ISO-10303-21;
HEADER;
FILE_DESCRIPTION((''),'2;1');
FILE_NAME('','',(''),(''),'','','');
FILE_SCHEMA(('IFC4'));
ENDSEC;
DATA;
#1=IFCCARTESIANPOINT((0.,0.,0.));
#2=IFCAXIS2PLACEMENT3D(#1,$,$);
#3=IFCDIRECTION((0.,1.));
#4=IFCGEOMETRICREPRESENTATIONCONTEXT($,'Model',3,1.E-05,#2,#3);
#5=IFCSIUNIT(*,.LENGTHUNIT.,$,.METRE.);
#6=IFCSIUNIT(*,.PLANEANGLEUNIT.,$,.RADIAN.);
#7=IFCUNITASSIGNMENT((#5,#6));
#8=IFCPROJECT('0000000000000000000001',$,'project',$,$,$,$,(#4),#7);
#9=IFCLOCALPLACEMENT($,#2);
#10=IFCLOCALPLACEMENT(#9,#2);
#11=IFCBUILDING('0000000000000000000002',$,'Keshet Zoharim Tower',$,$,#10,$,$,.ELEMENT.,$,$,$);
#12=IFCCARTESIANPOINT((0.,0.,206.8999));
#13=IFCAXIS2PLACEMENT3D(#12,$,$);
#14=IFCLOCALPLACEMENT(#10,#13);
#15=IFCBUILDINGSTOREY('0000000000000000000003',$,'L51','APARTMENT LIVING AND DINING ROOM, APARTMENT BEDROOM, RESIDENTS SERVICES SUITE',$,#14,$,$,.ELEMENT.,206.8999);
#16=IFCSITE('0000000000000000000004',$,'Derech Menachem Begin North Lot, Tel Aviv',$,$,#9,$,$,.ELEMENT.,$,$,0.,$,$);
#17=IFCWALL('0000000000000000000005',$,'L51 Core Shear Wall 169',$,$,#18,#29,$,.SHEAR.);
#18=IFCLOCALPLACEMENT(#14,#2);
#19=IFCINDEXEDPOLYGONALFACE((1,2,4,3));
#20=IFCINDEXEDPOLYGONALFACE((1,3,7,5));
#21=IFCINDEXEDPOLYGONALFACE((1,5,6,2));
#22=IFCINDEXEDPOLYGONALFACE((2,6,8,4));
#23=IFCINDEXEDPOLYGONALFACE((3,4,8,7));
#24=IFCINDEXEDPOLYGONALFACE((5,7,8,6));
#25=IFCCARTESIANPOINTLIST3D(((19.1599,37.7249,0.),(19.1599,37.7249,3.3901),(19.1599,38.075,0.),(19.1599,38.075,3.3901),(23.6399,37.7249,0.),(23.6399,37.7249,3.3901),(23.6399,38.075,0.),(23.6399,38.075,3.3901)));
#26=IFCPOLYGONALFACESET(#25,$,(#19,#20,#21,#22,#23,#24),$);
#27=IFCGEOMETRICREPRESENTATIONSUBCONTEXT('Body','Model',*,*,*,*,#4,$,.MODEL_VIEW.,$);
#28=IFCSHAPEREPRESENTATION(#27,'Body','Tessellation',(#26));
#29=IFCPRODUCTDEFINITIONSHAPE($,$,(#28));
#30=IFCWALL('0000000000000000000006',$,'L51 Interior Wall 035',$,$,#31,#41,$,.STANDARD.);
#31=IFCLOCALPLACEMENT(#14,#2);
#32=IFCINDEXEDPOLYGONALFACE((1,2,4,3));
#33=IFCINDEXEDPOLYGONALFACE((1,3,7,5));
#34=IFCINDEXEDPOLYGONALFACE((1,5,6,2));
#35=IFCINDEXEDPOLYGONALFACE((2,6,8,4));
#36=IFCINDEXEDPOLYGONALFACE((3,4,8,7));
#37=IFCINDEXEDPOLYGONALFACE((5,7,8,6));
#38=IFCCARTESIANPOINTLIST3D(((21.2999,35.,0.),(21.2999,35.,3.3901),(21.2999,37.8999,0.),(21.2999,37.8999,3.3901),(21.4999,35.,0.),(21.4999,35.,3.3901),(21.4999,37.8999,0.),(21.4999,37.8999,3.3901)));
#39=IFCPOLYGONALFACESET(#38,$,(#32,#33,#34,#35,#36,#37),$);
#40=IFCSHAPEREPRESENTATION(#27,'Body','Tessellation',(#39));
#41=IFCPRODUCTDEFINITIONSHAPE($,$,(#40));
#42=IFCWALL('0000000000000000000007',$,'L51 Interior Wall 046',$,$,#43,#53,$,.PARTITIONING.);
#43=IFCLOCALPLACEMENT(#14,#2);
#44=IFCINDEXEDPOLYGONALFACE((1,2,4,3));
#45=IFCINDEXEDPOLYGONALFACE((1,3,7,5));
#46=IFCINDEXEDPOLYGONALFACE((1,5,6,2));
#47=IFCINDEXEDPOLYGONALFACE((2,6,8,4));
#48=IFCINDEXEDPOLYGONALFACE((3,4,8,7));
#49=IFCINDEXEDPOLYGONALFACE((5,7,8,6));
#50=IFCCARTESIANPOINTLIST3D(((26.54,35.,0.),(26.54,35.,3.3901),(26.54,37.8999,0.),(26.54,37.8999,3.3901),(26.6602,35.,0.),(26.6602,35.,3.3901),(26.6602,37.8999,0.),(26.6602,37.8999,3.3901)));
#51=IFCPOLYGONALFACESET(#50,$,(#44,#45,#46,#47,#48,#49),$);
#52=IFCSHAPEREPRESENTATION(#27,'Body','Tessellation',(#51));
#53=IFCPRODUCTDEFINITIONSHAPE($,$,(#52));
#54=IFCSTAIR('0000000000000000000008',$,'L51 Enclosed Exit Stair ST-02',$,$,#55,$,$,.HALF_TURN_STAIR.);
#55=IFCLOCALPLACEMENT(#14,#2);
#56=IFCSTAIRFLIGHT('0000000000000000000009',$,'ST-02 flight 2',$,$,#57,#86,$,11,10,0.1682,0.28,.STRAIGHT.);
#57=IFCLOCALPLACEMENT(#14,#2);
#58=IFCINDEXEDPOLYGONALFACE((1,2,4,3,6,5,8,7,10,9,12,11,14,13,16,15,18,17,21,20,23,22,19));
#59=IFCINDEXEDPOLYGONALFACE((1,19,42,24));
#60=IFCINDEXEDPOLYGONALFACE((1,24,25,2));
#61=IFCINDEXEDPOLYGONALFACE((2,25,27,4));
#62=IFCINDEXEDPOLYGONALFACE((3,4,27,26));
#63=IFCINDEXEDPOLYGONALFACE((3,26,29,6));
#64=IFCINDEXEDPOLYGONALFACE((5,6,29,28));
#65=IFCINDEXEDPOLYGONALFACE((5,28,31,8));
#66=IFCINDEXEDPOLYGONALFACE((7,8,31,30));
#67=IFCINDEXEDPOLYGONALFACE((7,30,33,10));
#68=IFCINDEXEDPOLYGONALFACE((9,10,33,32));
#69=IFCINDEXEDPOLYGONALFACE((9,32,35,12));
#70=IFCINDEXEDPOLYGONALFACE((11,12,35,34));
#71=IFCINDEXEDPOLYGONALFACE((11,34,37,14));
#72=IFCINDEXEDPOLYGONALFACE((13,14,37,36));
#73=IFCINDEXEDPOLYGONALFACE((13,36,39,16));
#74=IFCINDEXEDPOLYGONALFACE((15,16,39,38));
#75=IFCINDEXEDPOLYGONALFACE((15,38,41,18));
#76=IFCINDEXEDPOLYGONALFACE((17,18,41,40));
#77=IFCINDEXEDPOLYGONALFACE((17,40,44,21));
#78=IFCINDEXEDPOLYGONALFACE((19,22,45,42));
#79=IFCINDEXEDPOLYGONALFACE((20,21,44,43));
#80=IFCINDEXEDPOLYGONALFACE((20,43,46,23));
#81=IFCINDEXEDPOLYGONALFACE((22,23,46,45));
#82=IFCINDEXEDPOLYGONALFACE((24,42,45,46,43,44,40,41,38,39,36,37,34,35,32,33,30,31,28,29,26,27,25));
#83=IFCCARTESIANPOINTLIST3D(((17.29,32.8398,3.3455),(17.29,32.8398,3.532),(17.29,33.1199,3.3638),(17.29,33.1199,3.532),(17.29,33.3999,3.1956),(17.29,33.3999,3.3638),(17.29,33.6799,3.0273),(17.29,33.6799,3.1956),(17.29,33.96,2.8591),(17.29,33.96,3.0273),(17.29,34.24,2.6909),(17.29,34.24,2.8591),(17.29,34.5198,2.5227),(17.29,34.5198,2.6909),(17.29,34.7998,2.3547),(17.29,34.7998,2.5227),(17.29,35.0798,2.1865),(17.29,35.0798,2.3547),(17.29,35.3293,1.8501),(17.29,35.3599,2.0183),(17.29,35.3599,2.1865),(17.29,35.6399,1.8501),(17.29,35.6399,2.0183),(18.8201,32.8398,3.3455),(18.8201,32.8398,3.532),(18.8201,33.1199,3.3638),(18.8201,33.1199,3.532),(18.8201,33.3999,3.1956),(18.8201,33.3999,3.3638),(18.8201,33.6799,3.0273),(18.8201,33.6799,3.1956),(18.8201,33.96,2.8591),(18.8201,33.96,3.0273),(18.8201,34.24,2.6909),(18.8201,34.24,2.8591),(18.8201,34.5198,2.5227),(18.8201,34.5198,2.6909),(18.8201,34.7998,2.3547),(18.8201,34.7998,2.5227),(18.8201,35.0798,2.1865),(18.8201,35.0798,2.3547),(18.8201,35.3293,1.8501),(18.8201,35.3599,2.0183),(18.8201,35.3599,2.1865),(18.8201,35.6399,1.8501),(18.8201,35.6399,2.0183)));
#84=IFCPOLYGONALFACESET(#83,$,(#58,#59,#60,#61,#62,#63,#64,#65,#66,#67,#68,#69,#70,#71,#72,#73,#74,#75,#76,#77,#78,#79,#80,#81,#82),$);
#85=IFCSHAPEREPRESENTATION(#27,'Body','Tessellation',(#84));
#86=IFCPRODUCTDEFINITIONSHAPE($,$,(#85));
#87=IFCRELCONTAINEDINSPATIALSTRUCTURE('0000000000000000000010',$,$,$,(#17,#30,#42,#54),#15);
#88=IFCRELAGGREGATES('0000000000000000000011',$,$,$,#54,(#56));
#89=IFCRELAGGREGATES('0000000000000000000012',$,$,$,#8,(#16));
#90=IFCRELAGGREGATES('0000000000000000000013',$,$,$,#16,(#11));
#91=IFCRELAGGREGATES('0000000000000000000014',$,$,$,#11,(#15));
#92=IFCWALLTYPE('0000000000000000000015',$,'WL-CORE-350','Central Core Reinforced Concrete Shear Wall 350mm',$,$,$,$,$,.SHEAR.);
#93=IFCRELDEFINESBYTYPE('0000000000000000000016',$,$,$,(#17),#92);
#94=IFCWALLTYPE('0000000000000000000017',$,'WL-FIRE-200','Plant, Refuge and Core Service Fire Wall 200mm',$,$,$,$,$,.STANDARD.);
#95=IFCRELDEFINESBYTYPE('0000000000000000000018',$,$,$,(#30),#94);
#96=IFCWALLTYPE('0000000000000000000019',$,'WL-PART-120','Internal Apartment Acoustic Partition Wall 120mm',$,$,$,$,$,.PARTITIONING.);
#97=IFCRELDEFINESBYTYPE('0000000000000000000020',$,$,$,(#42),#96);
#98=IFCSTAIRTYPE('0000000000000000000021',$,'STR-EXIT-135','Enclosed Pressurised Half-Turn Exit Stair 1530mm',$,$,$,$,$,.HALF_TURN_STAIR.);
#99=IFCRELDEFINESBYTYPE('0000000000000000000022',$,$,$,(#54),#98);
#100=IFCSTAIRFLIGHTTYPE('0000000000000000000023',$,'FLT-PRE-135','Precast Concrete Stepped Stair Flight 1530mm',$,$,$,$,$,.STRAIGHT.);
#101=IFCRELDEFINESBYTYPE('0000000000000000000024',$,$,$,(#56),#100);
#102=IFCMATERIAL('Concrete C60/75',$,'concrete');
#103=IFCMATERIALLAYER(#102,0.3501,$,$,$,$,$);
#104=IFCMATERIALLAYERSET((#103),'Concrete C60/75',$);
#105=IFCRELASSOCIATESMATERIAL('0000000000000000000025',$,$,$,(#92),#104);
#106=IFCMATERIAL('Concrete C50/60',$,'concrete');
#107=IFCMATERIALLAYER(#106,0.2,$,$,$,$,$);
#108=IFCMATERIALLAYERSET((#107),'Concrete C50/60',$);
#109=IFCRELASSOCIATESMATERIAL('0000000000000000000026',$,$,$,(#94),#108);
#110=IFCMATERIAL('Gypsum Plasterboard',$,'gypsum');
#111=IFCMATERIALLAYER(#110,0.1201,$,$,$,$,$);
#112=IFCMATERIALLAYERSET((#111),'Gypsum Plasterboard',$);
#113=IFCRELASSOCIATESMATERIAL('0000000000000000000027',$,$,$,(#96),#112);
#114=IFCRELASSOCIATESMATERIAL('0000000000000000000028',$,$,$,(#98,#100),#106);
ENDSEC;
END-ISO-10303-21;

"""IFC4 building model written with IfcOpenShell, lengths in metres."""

from ifc_helpers import new_model, si_unit, direction, frame, frame_2d, origin, place, context, subcontext, project, spatial, polyline, rectangle, outline, extrude, material, layer, layer_set, type_object, element, aggregate, save


model = new_model("IFC4")

# Units and contexts
model_context = context("Model", 3, precision=1e-05, world=origin(), true_north=direction((0.0, 1.0)))
body_context = subcontext(model_context, "Body", "Model", "MODEL_VIEW")
ifc_project = project(units=[si_unit("LENGTHUNIT", "METRE"), si_unit("PLANEANGLEUNIT", "RADIAN")], contexts=[model_context])

# Site, building, storey
site_placement = place(None, origin())
site = spatial("IfcSite", under=ifc_project, at=site_placement, Name="Derech Menachem Begin North Lot, Tel Aviv", CompositionType="ELEMENT", RefElevation=0.0)
building_placement = place(site_placement, origin())
building = spatial("IfcBuilding", under=site, at=building_placement, Name="Keshet Zoharim Tower", CompositionType="ELEMENT")
storey_placement = place(building_placement, frame((0.0, 0.0, 206.8999)))
storey = spatial("IfcBuildingStorey", under=building, at=storey_placement, Name="L51", Description="APARTMENT LIVING AND DINING ROOM, APARTMENT BEDROOM, RESIDENTS SERVICES SUITE", CompositionType="ELEMENT", Elevation=206.8999)

# Shared definitions
ifc_material_1 = material(Name="Gypsum Plasterboard", Category="gypsum")
ifc_material_2 = material(Name="Concrete C60/75", Category="concrete")
ifc_layer_1 = layer(ifc_material_2, 0.3501)
ifc_layer_set_1 = layer_set([ifc_layer_1], Name="Concrete C60/75")
wall_type_1 = type_object("IfcWallType", Name="WL-CORE-350", Description="Central Core Reinforced Concrete Shear Wall 350mm", PredefinedType="SHEAR", material=ifc_layer_set_1)

# Walls
wall_1_placement = place(storey_placement, frame((19.1599, 37.8999, 0.0), z_axis=(0.0, 0.0, 1.0), x_axis=(1.0, 0.0, 0.0)))
element("IfcWall", 1, at=wall_1_placement, inside=storey, type_object=wall_type_1, Name="L51 Core Shear Wall 169", PredefinedType="SHEAR", context=body_context, shape_type="SweptSolid", body=[
    extrude(rectangle(XDim=4.48, YDim=0.3501, at=frame_2d((2.24, 0.0))), origin(), (0.0, 0.0, 1.0), 3.3901),
])
ifc_material_3 = material(Name="Concrete C50/60", Category="concrete")
ifc_layer_2 = layer(ifc_material_3, 0.2)
ifc_layer_set_2 = layer_set([ifc_layer_2], Name="Concrete C50/60")
wall_type_2 = type_object("IfcWallType", Name="WL-FIRE-200", Description="Plant, Refuge and Core Service Fire Wall 200mm", PredefinedType="STANDARD", material=ifc_layer_set_2)
wall_2_placement = place(storey_placement, frame((21.3999, 35.0, 0.0), z_axis=(0.0, 0.0, 1.0), x_axis=(0.0, 1.0, 0.0)))
element("IfcWall", 2, at=wall_2_placement, inside=storey, type_object=wall_type_2, Name="L51 Interior Wall 035", PredefinedType="STANDARD", context=body_context, shape_type="SweptSolid", body=[
    extrude(rectangle(XDim=2.8999, YDim=0.2, at=frame_2d((1.45, 0.0))), origin(), (0.0, 0.0, 1.0), 3.3901),
])
ifc_layer_3 = layer(ifc_material_1, 0.1201)
ifc_layer_set_3 = layer_set([ifc_layer_3], Name="Gypsum Plasterboard")
wall_type_3 = type_object("IfcWallType", Name="WL-PART-120", Description="Internal Apartment Acoustic Partition Wall 120mm", PredefinedType="PARTITIONING", material=ifc_layer_set_3)
wall_3_placement = place(storey_placement, frame((26.6001, 35.0, 0.0), z_axis=(0.0, 0.0, 1.0), x_axis=(0.0, 1.0, 0.0)))
element("IfcWall", 3, at=wall_3_placement, inside=storey, type_object=wall_type_3, Name="L51 Interior Wall 046", PredefinedType="PARTITIONING", context=body_context, shape_type="SweptSolid", body=[
    extrude(rectangle(XDim=2.8999, YDim=0.1201, at=frame_2d((1.45, 0.0))), origin(), (0.0, 0.0, 1.0), 3.3901),
])

# Stair, stair flight
stair_type = type_object("IfcStairType", Name="STR-EXIT-135", Description="Enclosed Pressurised Half-Turn Exit Stair 1530mm", PredefinedType="HALF_TURN_STAIR", material=ifc_material_3)
stair_placement = place(storey_placement, origin())
stair = element("IfcStair", 4, at=stair_placement, inside=storey, type_object=stair_type, Name="L51 Enclosed Exit Stair ST-02", PredefinedType="HALF_TURN_STAIR")
stair_flight_type = type_object("IfcStairFlightType", Name="FLT-PRE-135", Description="Precast Concrete Stepped Stair Flight 1530mm", PredefinedType="STRAIGHT", material=ifc_material_3)
stair_flight_placement = place(storey_placement, frame((18.0549, 35.6399, 1.8501), z_axis=(0.0, 0.0, 1.0), x_axis=(0.0, -1.0, 0.0)))
stair_flight = element("IfcStairFlight", 5, at=stair_flight_placement, type_object=stair_flight_type, Name="ST-02 flight 2", NumberOfRisers=11, NumberOfTreads=10, PredefinedType="STRAIGHT", RiserHeight=0.1682, TreadLength=0.28, context=body_context, shape_type="SweptSolid", body=[
    extrude(outline(polyline([(0.0, 0.0), (0.0, 0.1682), (0.28, 0.1682), (0.28, 0.3364), (0.5601, 0.3364), (0.5601, 0.5046), (0.8401, 0.5046), (0.8401, 0.6726), (1.1201, 0.6726), (1.1201, 0.8408), (1.3999, 0.8408), (1.3999, 1.009), (1.6799, 1.009), (1.6799, 1.1772), (1.96, 1.1772), (1.96, 1.3455), (2.24, 1.3455), (2.24, 1.5137), (2.52, 1.5137), (2.52, 1.6819), (2.8, 1.6819), (2.8, 1.8501), (2.8, 1.4954), (0.3105, 0.0), (0.0, 0.0)])), frame((0.0, 0.7651, 0.0), z_axis=(0.0, -1.0, 0.0), x_axis=(1.0, 0.0, 0.0)), (0.0, 0.0, 1.0), 1.53),
])
aggregate(stair, [stair_flight])

save(model, "model.ifc")
